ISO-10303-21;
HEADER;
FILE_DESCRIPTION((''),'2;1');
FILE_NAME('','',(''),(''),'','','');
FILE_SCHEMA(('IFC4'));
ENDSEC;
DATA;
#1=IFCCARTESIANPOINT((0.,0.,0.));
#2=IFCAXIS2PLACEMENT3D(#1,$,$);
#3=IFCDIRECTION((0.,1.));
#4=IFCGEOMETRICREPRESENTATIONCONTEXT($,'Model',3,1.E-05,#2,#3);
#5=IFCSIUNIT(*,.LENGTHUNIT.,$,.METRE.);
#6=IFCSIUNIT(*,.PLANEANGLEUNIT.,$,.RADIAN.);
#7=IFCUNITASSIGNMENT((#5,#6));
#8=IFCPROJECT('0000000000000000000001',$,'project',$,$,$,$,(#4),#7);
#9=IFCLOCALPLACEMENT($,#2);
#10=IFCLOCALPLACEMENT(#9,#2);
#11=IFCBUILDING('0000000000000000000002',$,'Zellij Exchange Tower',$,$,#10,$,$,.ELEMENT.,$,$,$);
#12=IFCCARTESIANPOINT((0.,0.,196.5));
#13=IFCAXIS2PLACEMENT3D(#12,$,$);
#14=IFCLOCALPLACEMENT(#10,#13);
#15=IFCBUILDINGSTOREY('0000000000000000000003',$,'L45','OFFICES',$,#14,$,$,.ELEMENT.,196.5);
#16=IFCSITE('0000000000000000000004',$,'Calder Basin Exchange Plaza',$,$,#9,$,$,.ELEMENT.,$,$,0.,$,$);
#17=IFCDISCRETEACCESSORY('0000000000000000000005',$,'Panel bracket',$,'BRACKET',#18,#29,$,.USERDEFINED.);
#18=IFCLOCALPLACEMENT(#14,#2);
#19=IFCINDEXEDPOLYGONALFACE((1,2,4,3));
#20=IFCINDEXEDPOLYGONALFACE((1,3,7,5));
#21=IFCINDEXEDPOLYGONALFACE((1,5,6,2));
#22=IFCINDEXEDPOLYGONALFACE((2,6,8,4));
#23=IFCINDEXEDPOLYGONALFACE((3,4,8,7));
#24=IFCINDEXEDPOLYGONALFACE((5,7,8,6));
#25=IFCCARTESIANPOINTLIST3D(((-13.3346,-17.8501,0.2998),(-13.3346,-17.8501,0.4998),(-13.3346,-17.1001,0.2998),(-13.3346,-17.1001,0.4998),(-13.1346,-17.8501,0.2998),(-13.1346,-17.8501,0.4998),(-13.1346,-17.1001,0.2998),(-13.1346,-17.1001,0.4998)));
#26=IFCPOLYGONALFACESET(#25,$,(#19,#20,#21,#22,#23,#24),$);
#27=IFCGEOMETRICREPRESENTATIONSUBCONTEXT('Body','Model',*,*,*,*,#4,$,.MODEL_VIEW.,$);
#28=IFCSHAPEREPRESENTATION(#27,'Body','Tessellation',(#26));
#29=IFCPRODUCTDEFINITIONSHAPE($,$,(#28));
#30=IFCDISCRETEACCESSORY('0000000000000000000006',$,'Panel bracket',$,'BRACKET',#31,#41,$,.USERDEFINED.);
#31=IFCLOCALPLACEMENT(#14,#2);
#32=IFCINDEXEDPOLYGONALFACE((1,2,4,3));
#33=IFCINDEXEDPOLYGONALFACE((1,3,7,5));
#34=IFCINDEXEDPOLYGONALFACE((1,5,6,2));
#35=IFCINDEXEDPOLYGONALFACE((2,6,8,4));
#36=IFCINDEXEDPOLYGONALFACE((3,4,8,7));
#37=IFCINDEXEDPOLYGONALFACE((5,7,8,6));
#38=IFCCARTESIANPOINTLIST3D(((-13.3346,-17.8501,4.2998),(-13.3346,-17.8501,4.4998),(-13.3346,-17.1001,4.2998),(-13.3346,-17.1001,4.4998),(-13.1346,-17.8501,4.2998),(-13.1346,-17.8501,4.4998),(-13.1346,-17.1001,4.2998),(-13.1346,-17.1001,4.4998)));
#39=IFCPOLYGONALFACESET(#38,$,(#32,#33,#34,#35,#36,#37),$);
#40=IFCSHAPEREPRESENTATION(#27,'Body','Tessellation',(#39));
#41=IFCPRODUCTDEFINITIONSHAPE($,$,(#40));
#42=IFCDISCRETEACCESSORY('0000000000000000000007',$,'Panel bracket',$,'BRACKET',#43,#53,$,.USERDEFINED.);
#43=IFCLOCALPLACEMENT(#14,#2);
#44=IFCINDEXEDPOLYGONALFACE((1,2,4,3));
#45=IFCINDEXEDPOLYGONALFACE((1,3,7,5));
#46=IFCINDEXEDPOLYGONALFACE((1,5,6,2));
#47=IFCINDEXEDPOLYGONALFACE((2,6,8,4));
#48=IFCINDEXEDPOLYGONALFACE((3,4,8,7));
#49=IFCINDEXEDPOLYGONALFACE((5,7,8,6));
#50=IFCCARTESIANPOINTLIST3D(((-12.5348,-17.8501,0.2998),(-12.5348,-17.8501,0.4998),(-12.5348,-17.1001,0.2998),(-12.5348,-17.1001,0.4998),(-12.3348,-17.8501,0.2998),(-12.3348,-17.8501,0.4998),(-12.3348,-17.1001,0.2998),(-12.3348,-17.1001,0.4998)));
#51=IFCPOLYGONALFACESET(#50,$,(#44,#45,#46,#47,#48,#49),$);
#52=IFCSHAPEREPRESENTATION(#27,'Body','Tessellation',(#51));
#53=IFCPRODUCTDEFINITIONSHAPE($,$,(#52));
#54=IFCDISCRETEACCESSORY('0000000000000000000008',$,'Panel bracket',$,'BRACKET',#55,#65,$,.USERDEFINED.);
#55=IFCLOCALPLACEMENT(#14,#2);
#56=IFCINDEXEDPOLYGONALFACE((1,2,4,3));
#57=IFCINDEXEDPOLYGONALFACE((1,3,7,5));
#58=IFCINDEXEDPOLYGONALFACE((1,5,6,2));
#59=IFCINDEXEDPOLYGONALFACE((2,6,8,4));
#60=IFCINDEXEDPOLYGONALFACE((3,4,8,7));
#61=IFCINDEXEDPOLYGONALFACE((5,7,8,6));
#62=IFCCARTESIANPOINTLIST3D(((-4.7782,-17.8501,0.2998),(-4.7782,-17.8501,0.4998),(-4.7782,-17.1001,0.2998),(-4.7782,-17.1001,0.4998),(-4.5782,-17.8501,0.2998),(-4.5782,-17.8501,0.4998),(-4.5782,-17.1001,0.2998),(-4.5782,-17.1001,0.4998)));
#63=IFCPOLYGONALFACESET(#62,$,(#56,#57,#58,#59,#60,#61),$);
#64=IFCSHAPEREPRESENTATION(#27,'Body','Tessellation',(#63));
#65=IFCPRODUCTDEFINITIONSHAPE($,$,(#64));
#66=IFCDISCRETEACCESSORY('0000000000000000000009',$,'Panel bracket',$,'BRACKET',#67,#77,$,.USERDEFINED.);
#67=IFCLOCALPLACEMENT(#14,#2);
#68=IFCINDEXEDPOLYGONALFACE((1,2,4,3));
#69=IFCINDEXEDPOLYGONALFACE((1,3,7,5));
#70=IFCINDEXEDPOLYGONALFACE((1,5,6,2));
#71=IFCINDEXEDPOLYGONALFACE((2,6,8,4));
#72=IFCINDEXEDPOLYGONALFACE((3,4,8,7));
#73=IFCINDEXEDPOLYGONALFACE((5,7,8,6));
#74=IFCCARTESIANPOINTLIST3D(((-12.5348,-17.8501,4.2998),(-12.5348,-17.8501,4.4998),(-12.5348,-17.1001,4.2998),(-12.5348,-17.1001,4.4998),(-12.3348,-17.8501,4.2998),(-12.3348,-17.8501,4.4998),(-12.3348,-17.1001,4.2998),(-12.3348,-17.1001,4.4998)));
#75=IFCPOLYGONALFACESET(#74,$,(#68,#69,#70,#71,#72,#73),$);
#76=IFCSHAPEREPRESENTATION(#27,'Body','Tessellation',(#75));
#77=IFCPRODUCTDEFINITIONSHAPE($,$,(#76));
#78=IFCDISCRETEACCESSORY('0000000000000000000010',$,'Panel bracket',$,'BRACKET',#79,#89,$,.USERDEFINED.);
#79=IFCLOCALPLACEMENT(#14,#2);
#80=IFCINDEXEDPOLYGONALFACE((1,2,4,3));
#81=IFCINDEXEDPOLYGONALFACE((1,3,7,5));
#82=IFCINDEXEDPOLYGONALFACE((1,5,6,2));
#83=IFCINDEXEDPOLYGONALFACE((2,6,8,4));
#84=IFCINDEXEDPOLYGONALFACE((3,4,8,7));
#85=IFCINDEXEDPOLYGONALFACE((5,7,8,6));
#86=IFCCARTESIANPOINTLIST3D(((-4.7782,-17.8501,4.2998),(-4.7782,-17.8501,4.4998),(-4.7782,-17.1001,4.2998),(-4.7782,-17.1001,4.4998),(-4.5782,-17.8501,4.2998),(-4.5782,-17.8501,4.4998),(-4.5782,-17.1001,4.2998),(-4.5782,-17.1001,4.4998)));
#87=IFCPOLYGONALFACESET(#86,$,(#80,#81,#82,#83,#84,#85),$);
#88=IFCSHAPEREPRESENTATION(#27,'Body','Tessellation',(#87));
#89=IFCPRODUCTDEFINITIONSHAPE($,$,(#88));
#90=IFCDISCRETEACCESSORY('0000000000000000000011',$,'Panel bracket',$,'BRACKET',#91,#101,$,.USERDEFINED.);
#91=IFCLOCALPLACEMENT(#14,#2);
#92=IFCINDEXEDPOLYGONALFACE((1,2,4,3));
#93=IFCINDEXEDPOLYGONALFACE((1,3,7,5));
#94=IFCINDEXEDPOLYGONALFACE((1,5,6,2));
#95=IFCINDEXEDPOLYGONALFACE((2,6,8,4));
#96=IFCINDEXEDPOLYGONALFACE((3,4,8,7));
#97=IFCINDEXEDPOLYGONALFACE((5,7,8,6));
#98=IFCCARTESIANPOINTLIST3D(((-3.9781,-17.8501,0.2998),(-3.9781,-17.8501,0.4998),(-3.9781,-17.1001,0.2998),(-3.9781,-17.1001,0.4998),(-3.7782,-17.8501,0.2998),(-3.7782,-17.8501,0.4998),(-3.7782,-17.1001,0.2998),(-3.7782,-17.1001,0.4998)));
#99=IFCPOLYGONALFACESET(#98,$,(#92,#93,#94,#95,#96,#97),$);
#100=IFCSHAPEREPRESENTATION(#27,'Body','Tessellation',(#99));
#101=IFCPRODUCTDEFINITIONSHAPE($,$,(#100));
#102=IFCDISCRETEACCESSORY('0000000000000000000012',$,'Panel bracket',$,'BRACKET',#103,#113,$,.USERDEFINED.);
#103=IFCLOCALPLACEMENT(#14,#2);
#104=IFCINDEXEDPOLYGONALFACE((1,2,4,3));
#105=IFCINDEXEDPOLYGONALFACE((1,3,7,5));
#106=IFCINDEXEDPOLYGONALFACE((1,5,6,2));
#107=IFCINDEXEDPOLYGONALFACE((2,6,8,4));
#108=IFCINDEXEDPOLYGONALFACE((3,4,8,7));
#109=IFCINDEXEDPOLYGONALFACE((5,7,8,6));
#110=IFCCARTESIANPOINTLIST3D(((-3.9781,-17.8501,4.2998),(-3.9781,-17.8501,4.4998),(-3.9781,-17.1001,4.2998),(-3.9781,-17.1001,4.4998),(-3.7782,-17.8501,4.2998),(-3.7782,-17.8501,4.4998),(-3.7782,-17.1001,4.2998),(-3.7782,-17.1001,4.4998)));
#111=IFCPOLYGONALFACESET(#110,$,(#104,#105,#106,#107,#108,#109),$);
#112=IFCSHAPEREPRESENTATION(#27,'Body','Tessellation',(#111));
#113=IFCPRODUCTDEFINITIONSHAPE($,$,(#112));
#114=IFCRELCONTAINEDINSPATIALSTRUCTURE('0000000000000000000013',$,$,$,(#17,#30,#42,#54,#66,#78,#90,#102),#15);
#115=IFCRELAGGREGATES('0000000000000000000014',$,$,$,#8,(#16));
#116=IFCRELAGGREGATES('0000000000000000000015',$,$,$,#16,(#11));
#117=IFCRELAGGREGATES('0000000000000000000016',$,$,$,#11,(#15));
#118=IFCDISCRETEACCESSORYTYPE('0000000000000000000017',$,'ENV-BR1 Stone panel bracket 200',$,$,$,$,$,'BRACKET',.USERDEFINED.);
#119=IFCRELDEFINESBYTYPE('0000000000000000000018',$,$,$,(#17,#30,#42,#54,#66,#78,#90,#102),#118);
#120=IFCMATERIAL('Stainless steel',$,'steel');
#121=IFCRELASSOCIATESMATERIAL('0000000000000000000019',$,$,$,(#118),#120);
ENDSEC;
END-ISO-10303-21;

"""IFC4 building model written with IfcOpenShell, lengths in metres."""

from ifc_helpers import new_model, si_unit, direction, frame, origin, origin_2d, place, context, subcontext, project, spatial, rectangle, extrude, material, type_object, element, save


model = new_model("IFC4")

# Units and contexts
model_context = context("Model", 3, precision=1e-05, world=origin(), true_north=direction((0.0, 1.0)))
body_context = subcontext(model_context, "Body", "Model", "MODEL_VIEW")
ifc_project = project(units=[si_unit("LENGTHUNIT", "METRE"), si_unit("PLANEANGLEUNIT", "RADIAN")], contexts=[model_context])

# Site, building, storey
site_placement = place(None, origin())
site = spatial("IfcSite", under=ifc_project, at=site_placement, Name="Calder Basin Exchange Plaza", CompositionType="ELEMENT", RefElevation=0.0)
building_placement = place(site_placement, origin())
building = spatial("IfcBuilding", under=site, at=building_placement, Name="Zellij Exchange Tower", CompositionType="ELEMENT")
storey_placement = place(building_placement, frame((0.0, 0.0, 196.5)))
storey = spatial("IfcBuildingStorey", under=building, at=storey_placement, Name="L45", Description="OFFICES", CompositionType="ELEMENT", Elevation=196.5)

# Shared definitions
ifc_material_1 = material(Name="Stainless steel", Category="steel")

# Discrete accessories
discrete_accessory_type = type_object("IfcDiscreteAccessoryType", Name="ENV-BR1 Stone panel bracket 200", ElementType="BRACKET", PredefinedType="USERDEFINED", material=ifc_material_1)
for number, where, z_axis, x_axis, name in (
    (1, (-13.2346, -17.4751, 0.2998), (0.0, 0.0, 1.0), (1.0, 0.0, 0.0), "Panel bracket"),
    (2, (-13.2346, -17.4751, 4.2998), (0.0, 0.0, 1.0), (1.0, 0.0, 0.0), "Panel bracket"),
    (3, (-12.4348, -17.4751, 0.2998), (0.0, 0.0, 1.0), (1.0, 0.0, 0.0), "Panel bracket"),
    (4, (-4.6782, -17.4751, 0.2998), (0.0, 0.0, 1.0), (1.0, 0.0, 0.0), "Panel bracket"),
    (5, (-12.4348, -17.4751, 4.2998), (0.0, 0.0, 1.0), (1.0, 0.0, 0.0), "Panel bracket"),
    (6, (-4.6782, -17.4751, 4.2998), (0.0, 0.0, 1.0), (1.0, 0.0, 0.0), "Panel bracket"),
    (7, (-3.8782, -17.4751, 0.2998), (0.0, 0.0, 1.0), (1.0, 0.0, 0.0), "Panel bracket"),
    (8, (-3.8782, -17.4751, 4.2998), (0.0, 0.0, 1.0), (1.0, 0.0, 0.0), "Panel bracket"),
):
    element("IfcDiscreteAccessory", number, at=place(storey_placement, frame(where, z_axis=z_axis, x_axis=x_axis)), inside=storey, type_object=discrete_accessory_type, Name=name, ObjectType="BRACKET", PredefinedType="USERDEFINED", context=body_context, shape_type="SweptSolid", body=[
        extrude(rectangle(XDim=0.2, YDim=0.75, at=origin_2d()), origin(), (0.0, 0.0, 1.0), 0.2),
    ])

save(model, "model.ifc")
